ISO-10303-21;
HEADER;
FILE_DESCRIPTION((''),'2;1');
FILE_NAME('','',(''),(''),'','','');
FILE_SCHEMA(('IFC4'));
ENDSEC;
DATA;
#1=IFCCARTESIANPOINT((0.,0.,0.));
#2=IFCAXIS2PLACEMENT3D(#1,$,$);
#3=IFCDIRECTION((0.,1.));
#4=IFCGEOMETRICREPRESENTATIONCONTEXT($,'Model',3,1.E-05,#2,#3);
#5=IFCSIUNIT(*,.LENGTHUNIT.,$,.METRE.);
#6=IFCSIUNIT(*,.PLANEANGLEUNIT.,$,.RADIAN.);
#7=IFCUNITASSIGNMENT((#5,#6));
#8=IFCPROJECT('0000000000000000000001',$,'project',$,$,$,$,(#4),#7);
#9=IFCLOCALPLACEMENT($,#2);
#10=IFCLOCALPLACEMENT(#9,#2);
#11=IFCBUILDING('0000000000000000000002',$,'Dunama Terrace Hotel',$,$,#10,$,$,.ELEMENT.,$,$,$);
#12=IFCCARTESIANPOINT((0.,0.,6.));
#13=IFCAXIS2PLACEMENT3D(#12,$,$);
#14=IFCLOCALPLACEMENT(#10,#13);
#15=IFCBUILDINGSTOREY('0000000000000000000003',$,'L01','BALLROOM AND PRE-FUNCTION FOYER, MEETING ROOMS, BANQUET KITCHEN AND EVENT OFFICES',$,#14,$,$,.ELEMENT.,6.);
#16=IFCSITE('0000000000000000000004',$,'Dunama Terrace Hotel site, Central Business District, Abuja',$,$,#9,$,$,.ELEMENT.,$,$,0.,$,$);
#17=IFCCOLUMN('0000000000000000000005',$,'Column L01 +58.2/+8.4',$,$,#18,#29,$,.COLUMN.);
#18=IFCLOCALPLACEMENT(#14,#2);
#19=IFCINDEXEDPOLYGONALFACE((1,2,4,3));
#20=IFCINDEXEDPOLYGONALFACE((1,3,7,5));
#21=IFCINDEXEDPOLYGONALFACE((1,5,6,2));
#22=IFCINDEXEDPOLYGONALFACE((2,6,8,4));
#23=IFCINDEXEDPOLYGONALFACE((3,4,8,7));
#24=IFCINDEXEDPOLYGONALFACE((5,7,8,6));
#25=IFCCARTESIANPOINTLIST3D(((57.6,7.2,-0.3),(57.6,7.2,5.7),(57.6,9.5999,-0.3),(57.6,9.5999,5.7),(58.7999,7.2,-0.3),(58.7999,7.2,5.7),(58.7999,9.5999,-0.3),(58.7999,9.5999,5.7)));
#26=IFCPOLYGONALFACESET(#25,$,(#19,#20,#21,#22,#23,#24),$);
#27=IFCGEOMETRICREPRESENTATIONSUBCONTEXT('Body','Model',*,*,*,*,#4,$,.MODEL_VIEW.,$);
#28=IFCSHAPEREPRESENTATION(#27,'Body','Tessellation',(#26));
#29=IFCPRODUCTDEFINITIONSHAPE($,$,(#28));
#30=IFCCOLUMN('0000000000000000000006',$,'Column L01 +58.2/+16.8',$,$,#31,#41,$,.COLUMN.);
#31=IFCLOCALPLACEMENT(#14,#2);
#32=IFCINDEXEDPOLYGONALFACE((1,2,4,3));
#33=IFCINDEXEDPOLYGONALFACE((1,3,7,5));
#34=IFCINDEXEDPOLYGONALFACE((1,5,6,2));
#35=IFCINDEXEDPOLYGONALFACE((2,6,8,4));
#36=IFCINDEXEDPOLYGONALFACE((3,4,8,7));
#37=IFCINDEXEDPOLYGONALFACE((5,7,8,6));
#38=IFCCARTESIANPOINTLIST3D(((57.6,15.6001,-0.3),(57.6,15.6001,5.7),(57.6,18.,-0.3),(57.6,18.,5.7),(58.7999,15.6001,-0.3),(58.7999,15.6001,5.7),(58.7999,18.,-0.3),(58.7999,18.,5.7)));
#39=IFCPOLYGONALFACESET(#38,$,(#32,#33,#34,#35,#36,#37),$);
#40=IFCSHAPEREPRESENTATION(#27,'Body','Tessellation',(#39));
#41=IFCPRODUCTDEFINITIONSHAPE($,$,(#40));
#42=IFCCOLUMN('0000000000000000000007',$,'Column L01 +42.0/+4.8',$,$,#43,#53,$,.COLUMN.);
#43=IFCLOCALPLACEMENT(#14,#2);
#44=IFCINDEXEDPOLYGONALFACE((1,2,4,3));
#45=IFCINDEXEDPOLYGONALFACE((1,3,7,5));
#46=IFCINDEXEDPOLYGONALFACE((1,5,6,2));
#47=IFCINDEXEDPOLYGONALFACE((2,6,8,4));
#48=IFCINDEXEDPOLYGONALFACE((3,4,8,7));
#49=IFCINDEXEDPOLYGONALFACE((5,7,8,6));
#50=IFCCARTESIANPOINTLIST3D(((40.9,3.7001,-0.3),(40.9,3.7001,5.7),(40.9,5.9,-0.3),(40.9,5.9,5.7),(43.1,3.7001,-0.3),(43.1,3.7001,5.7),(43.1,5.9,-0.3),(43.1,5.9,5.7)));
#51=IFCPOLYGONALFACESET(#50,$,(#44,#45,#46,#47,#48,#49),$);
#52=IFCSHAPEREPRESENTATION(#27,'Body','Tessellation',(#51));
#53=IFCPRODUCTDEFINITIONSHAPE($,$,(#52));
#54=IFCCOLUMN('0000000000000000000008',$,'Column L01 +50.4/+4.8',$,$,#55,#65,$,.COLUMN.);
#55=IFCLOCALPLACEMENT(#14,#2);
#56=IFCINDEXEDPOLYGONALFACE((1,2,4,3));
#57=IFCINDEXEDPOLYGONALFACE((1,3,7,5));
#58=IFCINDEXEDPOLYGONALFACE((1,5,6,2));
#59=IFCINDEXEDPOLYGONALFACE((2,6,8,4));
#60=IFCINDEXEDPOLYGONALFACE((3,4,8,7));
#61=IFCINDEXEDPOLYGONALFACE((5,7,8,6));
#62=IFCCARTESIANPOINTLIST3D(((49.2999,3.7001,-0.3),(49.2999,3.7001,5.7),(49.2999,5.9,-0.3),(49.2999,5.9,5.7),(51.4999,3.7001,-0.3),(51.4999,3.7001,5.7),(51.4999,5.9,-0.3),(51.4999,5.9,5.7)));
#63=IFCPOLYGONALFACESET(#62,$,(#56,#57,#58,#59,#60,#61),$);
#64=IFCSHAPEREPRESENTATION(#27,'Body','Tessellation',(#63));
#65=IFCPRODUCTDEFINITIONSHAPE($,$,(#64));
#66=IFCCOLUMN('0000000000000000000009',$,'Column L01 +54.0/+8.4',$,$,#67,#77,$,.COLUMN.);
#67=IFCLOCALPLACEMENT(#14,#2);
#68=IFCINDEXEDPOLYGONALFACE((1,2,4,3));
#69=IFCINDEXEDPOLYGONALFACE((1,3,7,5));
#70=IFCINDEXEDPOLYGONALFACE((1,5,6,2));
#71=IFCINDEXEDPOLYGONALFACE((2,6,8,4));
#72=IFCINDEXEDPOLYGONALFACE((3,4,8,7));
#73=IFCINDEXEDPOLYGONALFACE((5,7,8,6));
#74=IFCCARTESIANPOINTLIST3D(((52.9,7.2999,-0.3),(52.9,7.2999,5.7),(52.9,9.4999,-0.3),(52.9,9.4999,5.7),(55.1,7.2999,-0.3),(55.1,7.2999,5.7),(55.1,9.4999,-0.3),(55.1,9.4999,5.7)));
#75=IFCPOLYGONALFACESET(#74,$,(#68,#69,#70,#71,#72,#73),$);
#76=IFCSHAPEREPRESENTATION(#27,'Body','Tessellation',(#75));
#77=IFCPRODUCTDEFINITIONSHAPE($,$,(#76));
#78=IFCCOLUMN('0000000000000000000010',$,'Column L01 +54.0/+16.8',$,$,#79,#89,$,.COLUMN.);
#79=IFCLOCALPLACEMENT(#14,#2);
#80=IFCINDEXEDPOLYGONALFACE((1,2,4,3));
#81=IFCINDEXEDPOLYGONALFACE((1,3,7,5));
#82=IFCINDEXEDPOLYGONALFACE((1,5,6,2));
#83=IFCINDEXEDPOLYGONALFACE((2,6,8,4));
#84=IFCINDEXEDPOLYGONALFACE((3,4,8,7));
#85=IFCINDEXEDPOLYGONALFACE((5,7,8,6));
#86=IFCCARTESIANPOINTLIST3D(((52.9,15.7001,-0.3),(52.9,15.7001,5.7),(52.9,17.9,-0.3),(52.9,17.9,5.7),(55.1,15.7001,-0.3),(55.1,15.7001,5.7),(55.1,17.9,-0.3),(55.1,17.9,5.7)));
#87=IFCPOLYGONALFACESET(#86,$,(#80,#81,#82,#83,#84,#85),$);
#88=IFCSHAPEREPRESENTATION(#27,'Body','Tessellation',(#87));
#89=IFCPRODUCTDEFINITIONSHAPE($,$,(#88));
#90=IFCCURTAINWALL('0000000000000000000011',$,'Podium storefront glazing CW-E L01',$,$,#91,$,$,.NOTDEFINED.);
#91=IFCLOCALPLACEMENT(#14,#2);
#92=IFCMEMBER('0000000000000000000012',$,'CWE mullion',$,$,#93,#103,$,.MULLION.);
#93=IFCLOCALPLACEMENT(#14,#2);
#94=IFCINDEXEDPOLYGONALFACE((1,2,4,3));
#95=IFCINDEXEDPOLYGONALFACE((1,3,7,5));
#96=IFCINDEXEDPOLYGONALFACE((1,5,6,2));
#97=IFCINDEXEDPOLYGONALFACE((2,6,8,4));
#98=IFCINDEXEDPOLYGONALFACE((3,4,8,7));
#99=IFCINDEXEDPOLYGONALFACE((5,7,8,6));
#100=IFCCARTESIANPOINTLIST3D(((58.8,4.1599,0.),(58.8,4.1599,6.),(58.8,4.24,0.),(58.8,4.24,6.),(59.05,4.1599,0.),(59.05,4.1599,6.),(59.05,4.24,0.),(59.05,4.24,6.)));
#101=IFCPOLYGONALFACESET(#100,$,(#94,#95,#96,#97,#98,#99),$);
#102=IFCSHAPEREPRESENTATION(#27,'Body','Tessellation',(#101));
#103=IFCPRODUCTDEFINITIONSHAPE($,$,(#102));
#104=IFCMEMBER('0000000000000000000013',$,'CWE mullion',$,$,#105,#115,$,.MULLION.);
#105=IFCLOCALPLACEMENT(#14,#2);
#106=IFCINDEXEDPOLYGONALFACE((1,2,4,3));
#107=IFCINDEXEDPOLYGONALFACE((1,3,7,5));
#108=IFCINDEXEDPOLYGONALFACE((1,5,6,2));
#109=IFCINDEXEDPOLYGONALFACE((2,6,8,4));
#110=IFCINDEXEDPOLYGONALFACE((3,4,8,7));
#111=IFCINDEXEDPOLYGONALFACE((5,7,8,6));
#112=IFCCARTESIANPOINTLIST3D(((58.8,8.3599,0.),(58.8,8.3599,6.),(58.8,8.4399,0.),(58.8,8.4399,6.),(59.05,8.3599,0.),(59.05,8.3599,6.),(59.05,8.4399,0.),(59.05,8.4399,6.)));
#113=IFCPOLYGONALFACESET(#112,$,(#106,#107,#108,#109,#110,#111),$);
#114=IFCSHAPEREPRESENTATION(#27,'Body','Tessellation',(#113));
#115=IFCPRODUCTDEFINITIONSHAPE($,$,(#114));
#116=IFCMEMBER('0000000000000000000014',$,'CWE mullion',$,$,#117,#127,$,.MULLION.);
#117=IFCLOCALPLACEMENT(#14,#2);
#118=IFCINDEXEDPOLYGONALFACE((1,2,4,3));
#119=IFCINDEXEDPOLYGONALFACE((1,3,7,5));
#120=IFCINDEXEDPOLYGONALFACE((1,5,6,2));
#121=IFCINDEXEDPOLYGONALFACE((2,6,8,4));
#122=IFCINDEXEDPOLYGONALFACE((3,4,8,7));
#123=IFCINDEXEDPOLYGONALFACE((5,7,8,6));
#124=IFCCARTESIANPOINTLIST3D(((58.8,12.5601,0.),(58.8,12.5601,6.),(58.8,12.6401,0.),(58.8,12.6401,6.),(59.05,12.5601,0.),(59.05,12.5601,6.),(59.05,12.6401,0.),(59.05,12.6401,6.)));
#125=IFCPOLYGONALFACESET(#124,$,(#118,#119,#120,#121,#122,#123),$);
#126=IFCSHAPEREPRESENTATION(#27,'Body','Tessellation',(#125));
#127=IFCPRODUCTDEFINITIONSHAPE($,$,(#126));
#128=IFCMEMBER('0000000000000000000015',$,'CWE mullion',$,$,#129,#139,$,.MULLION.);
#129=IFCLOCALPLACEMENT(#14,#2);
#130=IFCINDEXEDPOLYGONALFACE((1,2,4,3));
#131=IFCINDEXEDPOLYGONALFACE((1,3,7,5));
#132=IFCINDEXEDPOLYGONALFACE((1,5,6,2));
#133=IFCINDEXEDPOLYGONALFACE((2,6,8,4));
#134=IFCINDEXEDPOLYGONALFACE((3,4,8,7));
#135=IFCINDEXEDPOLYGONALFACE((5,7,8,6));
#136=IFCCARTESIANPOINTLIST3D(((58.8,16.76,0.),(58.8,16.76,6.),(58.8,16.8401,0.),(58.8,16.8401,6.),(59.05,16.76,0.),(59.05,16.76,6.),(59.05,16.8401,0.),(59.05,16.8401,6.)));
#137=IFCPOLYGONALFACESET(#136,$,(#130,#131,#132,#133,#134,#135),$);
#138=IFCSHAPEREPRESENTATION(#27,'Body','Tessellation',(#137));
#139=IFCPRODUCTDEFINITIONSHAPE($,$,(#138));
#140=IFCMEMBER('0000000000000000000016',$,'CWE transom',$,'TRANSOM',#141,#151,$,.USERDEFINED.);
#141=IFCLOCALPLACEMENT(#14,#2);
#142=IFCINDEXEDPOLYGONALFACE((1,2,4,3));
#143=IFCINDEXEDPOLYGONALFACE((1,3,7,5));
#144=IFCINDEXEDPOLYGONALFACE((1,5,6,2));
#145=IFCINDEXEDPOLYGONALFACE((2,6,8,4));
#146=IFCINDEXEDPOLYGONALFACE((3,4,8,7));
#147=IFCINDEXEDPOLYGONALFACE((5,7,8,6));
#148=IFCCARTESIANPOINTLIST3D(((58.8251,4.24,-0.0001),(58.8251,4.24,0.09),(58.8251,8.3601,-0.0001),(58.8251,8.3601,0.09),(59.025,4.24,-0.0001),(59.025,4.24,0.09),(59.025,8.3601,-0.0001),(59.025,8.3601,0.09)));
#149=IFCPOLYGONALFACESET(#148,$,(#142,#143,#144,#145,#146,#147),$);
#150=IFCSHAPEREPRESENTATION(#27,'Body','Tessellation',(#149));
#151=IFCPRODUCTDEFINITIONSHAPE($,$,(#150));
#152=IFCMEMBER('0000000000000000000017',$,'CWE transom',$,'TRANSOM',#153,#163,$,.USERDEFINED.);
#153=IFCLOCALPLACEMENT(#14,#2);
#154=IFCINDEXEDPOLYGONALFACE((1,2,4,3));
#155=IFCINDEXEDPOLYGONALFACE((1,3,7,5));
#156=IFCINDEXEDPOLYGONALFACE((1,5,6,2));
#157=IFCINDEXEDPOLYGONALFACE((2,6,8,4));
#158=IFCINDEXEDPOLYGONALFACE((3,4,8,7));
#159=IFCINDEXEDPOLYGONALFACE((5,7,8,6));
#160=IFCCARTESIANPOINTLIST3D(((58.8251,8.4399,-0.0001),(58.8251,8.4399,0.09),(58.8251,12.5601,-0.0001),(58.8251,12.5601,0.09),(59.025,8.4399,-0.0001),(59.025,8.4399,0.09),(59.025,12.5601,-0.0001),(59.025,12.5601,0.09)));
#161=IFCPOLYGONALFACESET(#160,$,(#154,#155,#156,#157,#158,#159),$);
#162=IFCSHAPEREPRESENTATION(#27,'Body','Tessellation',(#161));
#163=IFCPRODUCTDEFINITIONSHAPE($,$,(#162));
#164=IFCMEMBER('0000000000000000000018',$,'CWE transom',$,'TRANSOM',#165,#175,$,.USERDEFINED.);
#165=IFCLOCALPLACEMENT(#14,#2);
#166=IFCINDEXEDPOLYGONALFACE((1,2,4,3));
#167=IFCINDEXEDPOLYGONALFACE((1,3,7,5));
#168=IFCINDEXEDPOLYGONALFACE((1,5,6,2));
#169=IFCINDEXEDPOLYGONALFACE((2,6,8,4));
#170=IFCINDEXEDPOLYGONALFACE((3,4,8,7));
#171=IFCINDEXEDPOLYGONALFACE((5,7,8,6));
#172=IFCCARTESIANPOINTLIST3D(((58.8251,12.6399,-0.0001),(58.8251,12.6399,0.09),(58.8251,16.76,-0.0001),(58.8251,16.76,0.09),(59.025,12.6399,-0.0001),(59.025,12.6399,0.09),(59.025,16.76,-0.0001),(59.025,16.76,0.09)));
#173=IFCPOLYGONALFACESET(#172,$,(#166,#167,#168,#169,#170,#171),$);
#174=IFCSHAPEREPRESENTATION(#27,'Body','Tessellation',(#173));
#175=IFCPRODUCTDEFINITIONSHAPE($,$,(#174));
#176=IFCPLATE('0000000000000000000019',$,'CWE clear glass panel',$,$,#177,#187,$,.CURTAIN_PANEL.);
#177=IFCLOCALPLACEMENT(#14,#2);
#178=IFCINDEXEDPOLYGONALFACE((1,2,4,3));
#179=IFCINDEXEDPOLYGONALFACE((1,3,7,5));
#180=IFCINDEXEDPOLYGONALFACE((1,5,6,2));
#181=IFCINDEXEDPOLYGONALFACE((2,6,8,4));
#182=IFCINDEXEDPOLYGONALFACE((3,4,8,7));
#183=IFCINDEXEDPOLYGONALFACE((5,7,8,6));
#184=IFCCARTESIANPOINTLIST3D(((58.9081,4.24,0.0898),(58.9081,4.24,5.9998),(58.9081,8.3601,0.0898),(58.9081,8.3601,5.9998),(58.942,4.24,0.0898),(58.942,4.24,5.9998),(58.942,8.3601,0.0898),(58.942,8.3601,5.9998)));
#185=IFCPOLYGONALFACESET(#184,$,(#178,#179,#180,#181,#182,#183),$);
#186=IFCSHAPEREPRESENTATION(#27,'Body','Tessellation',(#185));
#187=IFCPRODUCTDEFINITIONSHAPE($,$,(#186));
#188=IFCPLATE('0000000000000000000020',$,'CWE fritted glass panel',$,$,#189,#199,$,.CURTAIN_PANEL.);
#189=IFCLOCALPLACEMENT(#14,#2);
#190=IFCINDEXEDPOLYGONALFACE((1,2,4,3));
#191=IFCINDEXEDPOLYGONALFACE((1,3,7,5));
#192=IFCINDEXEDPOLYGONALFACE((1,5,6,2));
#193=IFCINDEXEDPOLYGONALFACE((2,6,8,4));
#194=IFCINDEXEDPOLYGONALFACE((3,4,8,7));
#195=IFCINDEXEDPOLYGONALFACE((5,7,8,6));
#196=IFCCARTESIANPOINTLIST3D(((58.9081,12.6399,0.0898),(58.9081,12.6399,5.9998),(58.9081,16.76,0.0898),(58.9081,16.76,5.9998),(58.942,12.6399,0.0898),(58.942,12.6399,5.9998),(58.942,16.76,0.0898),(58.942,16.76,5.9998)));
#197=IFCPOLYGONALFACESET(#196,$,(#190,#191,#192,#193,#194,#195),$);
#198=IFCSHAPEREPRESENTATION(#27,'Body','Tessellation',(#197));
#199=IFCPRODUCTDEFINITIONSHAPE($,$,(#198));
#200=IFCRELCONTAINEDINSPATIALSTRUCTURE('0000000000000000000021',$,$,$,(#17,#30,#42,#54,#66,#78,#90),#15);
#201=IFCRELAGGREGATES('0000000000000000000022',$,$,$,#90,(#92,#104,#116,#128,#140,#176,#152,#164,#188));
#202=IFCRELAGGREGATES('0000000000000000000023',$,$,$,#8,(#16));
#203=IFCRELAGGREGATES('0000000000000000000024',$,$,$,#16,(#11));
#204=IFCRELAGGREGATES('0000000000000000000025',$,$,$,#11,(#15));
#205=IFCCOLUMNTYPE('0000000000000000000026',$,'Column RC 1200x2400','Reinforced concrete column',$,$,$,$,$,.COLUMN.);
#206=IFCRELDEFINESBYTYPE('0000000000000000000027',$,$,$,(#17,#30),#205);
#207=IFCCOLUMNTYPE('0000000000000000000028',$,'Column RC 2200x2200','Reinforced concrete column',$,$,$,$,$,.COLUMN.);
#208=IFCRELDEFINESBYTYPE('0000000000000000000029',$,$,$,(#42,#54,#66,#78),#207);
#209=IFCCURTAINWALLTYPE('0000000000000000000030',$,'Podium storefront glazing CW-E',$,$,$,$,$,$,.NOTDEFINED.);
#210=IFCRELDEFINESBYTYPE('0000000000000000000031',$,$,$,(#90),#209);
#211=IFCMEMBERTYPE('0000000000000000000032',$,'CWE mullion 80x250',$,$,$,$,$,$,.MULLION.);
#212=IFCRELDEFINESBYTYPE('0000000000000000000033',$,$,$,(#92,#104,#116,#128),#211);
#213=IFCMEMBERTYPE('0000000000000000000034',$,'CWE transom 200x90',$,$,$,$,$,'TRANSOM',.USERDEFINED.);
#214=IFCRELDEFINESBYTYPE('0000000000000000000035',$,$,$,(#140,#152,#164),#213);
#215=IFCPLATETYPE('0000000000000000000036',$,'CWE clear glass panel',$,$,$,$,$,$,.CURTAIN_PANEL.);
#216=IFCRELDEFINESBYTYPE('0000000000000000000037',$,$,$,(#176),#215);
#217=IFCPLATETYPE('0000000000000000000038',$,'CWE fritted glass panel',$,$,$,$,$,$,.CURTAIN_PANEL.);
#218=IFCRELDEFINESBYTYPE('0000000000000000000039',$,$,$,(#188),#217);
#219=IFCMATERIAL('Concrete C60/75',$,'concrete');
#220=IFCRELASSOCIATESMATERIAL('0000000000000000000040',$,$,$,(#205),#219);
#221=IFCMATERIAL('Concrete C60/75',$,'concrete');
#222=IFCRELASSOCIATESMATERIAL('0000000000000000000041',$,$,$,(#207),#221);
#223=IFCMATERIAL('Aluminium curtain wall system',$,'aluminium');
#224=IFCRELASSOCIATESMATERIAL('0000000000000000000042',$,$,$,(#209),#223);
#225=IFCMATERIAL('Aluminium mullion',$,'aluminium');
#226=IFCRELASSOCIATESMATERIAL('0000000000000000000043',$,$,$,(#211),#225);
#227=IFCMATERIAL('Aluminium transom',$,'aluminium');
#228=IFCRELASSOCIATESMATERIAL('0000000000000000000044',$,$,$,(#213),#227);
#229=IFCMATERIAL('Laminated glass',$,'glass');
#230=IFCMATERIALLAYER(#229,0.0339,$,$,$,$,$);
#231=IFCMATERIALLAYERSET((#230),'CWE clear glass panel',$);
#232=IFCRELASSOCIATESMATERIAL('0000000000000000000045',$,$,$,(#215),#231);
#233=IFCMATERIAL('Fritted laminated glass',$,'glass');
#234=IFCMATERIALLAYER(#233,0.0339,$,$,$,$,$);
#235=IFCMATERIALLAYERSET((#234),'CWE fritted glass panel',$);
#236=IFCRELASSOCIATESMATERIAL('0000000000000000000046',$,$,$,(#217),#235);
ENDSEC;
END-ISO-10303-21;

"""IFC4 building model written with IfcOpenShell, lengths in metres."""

from ifc_helpers import new_model, si_unit, direction, frame, origin, origin_2d, place, context, subcontext, project, spatial, rectangle, extrude, material, layer, layer_set, material_profile, profile_set, type_object, element, aggregate, save


model = new_model("IFC4")

# Units and contexts
model_context = context("Model", 3, precision=1e-05, world=origin(), true_north=direction((0.0, 1.0)))
body_context = subcontext(model_context, "Body", "Model", "MODEL_VIEW")
ifc_project = project(units=[si_unit("LENGTHUNIT", "METRE"), si_unit("PLANEANGLEUNIT", "RADIAN")], contexts=[model_context])

# Site, building, storey
site_placement = place(None, origin())
site = spatial("IfcSite", under=ifc_project, at=site_placement, Name="Dunama Terrace Hotel site, Central Business District, Abuja", CompositionType="ELEMENT", RefElevation=0.0)
building_placement = place(site_placement, origin())
building = spatial("IfcBuilding", under=site, at=building_placement, Name="Dunama Terrace Hotel", CompositionType="ELEMENT")
storey_placement = place(building_placement, frame((0.0, 0.0, 6.0)))
storey = spatial("IfcBuildingStorey", under=building, at=storey_placement, Name="L01", Description="BALLROOM AND PRE-FUNCTION FOYER, MEETING ROOMS, BANQUET KITCHEN AND EVENT OFFICES", CompositionType="ELEMENT", Elevation=6.0)

# Columns
ifc_material_1 = material(Name="Concrete C60/75", Category="concrete")
ifc_material_profile_1 = material_profile(ifc_material_1, rectangle(XDim=1.2, YDim=2.3999, at=origin_2d()), Name="RC 1200x2400")
ifc_profile_set_1 = profile_set([ifc_material_profile_1], Name="Concrete C60/75")
column_type_1 = type_object("IfcColumnType", Name="Column RC 1200x2400", Description="Reinforced concrete column", PredefinedType="COLUMN", material=ifc_profile_set_1)
for number, where, z_axis, x_axis, name in (
    (1, (58.2, 8.3999, -0.3), (0.0, 0.0, 1.0), (1.0, 0.0, 0.0), "Column L01 +58.2/+8.4"),
    (2, (58.2, 16.8, -0.3), (0.0, 0.0, 1.0), (1.0, 0.0, 0.0), "Column L01 +58.2/+16.8"),
):
    element("IfcColumn", number, at=place(storey_placement, frame(where, z_axis=z_axis, x_axis=x_axis)), inside=storey, type_object=column_type_1, Name=name, PredefinedType="COLUMN", context=body_context, shape_type="SweptSolid", body=[
        extrude(rectangle(XDim=1.2, YDim=2.3999, at=origin_2d()), origin(), (0.0, 0.0, 1.0), 6.0),
    ])
ifc_material_2 = material(Name="Concrete C60/75", Category="concrete")
ifc_material_profile_2 = material_profile(ifc_material_2, rectangle(XDim=2.2, YDim=2.2, at=origin_2d()), Name="RC 2200x2200")
ifc_profile_set_2 = profile_set([ifc_material_profile_2], Name="Concrete C60/75")
column_type_2 = type_object("IfcColumnType", Name="Column RC 2200x2200", Description="Reinforced concrete column", PredefinedType="COLUMN", material=ifc_profile_set_2)
for number, where, z_axis, x_axis, name in (
    (3, (42.0, 4.8, -0.3), (0.0, 0.0, 1.0), (1.0, 0.0, 0.0), "Column L01 +42.0/+4.8"),
    (4, (50.3999, 4.8, -0.3), (0.0, 0.0, 1.0), (1.0, 0.0, 0.0), "Column L01 +50.4/+4.8"),
    (5, (54.0, 8.3999, -0.3), (0.0, 0.0, 1.0), (1.0, 0.0, 0.0), "Column L01 +54.0/+8.4"),
    (6, (54.0, 16.8, -0.3), (0.0, 0.0, 1.0), (1.0, 0.0, 0.0), "Column L01 +54.0/+16.8"),
):
    element("IfcColumn", number, at=place(storey_placement, frame(where, z_axis=z_axis, x_axis=x_axis)), inside=storey, type_object=column_type_2, Name=name, PredefinedType="COLUMN", context=body_context, shape_type="SweptSolid", body=[
        extrude(rectangle(XDim=2.2, YDim=2.2, at=origin_2d()), origin(), (0.0, 0.0, 1.0), 6.0),
    ])

# Curtain wall, members, plates
ifc_material_3 = material(Name="Aluminium curtain wall system", Category="aluminium")
curtain_wall_type = type_object("IfcCurtainWallType", Name="Podium storefront glazing CW-E", PredefinedType="NOTDEFINED", material=ifc_material_3)
curtain_wall_placement = place(storey_placement, origin())
curtain_wall = element("IfcCurtainWall", 7, at=curtain_wall_placement, inside=storey, type_object=curtain_wall_type, Name="Podium storefront glazing CW-E L01", PredefinedType="NOTDEFINED")
ifc_material_4 = material(Name="Aluminium mullion", Category="aluminium")
ifc_material_profile_3 = material_profile(ifc_material_4, rectangle(XDim=0.0801, YDim=0.25, at=origin_2d()), Name="CWE MULLION 80X250")
ifc_profile_set_3 = profile_set([ifc_material_profile_3], Name="Aluminium mullion")
member_type_1 = type_object("IfcMemberType", Name="CWE mullion 80x250", PredefinedType="MULLION", material=ifc_profile_set_3)
member_1_placement = place(storey_placement, frame((58.925, 4.2, 0.0), z_axis=(0.0, 0.0, 1.0), x_axis=(0.0, 1.0, 0.0)))
member_1 = element("IfcMember", 8, at=member_1_placement, type_object=member_type_1, Name="CWE mullion", PredefinedType="MULLION", context=body_context, shape_type="SweptSolid", body=[
    extrude(rectangle(XDim=0.0801, YDim=0.25, at=origin_2d()), origin(), (0.0, 0.0, 1.0), 6.0),
])
member_2_placement = place(storey_placement, frame((58.925, 8.3999, 0.0), z_axis=(0.0, 0.0, 1.0), x_axis=(0.0, 1.0, 0.0)))
member_2 = element("IfcMember", 9, at=member_2_placement, type_object=member_type_1, Name="CWE mullion", PredefinedType="MULLION", context=body_context, shape_type="SweptSolid", body=[
    extrude(rectangle(XDim=0.0801, YDim=0.25, at=origin_2d()), origin(), (0.0, 0.0, 1.0), 6.0),
])
member_3_placement = place(storey_placement, frame((58.925, 12.6001, 0.0), z_axis=(0.0, 0.0, 1.0), x_axis=(0.0, 1.0, 0.0)))
member_3 = element("IfcMember", 10, at=member_3_placement, type_object=member_type_1, Name="CWE mullion", PredefinedType="MULLION", context=body_context, shape_type="SweptSolid", body=[
    extrude(rectangle(XDim=0.0801, YDim=0.25, at=origin_2d()), origin(), (0.0, 0.0, 1.0), 6.0),
])
member_4_placement = place(storey_placement, frame((58.925, 16.8, 0.0), z_axis=(0.0, 0.0, 1.0), x_axis=(0.0, 1.0, 0.0)))
member_4 = element("IfcMember", 11, at=member_4_placement, type_object=member_type_1, Name="CWE mullion", PredefinedType="MULLION", context=body_context, shape_type="SweptSolid", body=[
    extrude(rectangle(XDim=0.0801, YDim=0.25, at=origin_2d()), origin(), (0.0, 0.0, 1.0), 6.0),
])
ifc_material_5 = material(Name="Aluminium transom", Category="aluminium")
ifc_material_profile_4 = material_profile(ifc_material_5, rectangle(XDim=0.2, YDim=0.0901, at=origin_2d()), Name="CWE TRANSOM 200X90")
ifc_profile_set_4 = profile_set([ifc_material_profile_4], Name="Aluminium transom")
member_type_2 = type_object("IfcMemberType", Name="CWE transom 200x90", ElementType="TRANSOM", PredefinedType="USERDEFINED", material=ifc_profile_set_4)
member_5_placement = place(storey_placement, frame((58.925, 4.24, 0.0449), z_axis=(0.0, 1.0, 0.0), x_axis=(-1.0, 0.0, 0.0)))
member_5 = element("IfcMember", 12, at=member_5_placement, type_object=member_type_2, Name="CWE transom", ObjectType="TRANSOM", PredefinedType="USERDEFINED", context=body_context, shape_type="SweptSolid", body=[
    extrude(rectangle(XDim=0.2, YDim=0.0901, at=origin_2d()), origin(), (0.0, 0.0, 1.0), 4.1201),
])
member_6_placement = place(storey_placement, frame((58.925, 8.4399, 0.0449), z_axis=(0.0, 1.0, 0.0), x_axis=(-1.0, 0.0, 0.0)))
member_6 = element("IfcMember", 13, at=member_6_placement, type_object=member_type_2, Name="CWE transom", ObjectType="TRANSOM", PredefinedType="USERDEFINED", context=body_context, shape_type="SweptSolid", body=[
    extrude(rectangle(XDim=0.2, YDim=0.0901, at=origin_2d()), origin(), (0.0, 0.0, 1.0), 4.1201),
])
member_7_placement = place(storey_placement, frame((58.925, 12.6399, 0.0449), z_axis=(0.0, 1.0, 0.0), x_axis=(-1.0, 0.0, 0.0)))
member_7 = element("IfcMember", 14, at=member_7_placement, type_object=member_type_2, Name="CWE transom", ObjectType="TRANSOM", PredefinedType="USERDEFINED", context=body_context, shape_type="SweptSolid", body=[
    extrude(rectangle(XDim=0.2, YDim=0.0901, at=origin_2d()), origin(), (0.0, 0.0, 1.0), 4.1201),
])
ifc_material_6 = material(Name="Laminated glass", Category="glass")
ifc_layer_1 = layer(ifc_material_6, 0.0339)
ifc_layer_set_1 = layer_set([ifc_layer_1], Name="CWE clear glass panel")
plate_type_1 = type_object("IfcPlateType", Name="CWE clear glass panel", PredefinedType="CURTAIN_PANEL", material=ifc_layer_set_1)
plate_1_placement = place(storey_placement, frame((58.925, 6.3, 0.0898), z_axis=(0.0, 0.0, 1.0), x_axis=(0.0, 1.0, 0.0)))
plate_1 = element("IfcPlate", 15, at=plate_1_placement, type_object=plate_type_1, Name="CWE clear glass panel", PredefinedType="CURTAIN_PANEL", context=body_context, shape_type="SweptSolid", body=[
    extrude(rectangle(XDim=4.1201, YDim=0.0339, at=origin_2d()), origin(), (0.0, 0.0, 1.0), 5.9099),
])
ifc_material_7 = material(Name="Fritted laminated glass", Category="glass")
ifc_layer_2 = layer(ifc_material_7, 0.0339)
ifc_layer_set_2 = layer_set([ifc_layer_2], Name="CWE fritted glass panel")
plate_type_2 = type_object("IfcPlateType", Name="CWE fritted glass panel", PredefinedType="CURTAIN_PANEL", material=ifc_layer_set_2)
plate_2_placement = place(storey_placement, frame((58.925, 14.7, 0.0898), z_axis=(0.0, 0.0, 1.0), x_axis=(0.0, 1.0, 0.0)))
plate_2 = element("IfcPlate", 16, at=plate_2_placement, type_object=plate_type_2, Name="CWE fritted glass panel", PredefinedType="CURTAIN_PANEL", context=body_context, shape_type="SweptSolid", body=[
    extrude(rectangle(XDim=4.1201, YDim=0.0339, at=origin_2d()), origin(), (0.0, 0.0, 1.0), 5.9099),
])
aggregate(curtain_wall, [member_1, member_2, member_3, member_4, member_5, plate_1, member_6, member_7, plate_2])

save(model, "model.ifc")
